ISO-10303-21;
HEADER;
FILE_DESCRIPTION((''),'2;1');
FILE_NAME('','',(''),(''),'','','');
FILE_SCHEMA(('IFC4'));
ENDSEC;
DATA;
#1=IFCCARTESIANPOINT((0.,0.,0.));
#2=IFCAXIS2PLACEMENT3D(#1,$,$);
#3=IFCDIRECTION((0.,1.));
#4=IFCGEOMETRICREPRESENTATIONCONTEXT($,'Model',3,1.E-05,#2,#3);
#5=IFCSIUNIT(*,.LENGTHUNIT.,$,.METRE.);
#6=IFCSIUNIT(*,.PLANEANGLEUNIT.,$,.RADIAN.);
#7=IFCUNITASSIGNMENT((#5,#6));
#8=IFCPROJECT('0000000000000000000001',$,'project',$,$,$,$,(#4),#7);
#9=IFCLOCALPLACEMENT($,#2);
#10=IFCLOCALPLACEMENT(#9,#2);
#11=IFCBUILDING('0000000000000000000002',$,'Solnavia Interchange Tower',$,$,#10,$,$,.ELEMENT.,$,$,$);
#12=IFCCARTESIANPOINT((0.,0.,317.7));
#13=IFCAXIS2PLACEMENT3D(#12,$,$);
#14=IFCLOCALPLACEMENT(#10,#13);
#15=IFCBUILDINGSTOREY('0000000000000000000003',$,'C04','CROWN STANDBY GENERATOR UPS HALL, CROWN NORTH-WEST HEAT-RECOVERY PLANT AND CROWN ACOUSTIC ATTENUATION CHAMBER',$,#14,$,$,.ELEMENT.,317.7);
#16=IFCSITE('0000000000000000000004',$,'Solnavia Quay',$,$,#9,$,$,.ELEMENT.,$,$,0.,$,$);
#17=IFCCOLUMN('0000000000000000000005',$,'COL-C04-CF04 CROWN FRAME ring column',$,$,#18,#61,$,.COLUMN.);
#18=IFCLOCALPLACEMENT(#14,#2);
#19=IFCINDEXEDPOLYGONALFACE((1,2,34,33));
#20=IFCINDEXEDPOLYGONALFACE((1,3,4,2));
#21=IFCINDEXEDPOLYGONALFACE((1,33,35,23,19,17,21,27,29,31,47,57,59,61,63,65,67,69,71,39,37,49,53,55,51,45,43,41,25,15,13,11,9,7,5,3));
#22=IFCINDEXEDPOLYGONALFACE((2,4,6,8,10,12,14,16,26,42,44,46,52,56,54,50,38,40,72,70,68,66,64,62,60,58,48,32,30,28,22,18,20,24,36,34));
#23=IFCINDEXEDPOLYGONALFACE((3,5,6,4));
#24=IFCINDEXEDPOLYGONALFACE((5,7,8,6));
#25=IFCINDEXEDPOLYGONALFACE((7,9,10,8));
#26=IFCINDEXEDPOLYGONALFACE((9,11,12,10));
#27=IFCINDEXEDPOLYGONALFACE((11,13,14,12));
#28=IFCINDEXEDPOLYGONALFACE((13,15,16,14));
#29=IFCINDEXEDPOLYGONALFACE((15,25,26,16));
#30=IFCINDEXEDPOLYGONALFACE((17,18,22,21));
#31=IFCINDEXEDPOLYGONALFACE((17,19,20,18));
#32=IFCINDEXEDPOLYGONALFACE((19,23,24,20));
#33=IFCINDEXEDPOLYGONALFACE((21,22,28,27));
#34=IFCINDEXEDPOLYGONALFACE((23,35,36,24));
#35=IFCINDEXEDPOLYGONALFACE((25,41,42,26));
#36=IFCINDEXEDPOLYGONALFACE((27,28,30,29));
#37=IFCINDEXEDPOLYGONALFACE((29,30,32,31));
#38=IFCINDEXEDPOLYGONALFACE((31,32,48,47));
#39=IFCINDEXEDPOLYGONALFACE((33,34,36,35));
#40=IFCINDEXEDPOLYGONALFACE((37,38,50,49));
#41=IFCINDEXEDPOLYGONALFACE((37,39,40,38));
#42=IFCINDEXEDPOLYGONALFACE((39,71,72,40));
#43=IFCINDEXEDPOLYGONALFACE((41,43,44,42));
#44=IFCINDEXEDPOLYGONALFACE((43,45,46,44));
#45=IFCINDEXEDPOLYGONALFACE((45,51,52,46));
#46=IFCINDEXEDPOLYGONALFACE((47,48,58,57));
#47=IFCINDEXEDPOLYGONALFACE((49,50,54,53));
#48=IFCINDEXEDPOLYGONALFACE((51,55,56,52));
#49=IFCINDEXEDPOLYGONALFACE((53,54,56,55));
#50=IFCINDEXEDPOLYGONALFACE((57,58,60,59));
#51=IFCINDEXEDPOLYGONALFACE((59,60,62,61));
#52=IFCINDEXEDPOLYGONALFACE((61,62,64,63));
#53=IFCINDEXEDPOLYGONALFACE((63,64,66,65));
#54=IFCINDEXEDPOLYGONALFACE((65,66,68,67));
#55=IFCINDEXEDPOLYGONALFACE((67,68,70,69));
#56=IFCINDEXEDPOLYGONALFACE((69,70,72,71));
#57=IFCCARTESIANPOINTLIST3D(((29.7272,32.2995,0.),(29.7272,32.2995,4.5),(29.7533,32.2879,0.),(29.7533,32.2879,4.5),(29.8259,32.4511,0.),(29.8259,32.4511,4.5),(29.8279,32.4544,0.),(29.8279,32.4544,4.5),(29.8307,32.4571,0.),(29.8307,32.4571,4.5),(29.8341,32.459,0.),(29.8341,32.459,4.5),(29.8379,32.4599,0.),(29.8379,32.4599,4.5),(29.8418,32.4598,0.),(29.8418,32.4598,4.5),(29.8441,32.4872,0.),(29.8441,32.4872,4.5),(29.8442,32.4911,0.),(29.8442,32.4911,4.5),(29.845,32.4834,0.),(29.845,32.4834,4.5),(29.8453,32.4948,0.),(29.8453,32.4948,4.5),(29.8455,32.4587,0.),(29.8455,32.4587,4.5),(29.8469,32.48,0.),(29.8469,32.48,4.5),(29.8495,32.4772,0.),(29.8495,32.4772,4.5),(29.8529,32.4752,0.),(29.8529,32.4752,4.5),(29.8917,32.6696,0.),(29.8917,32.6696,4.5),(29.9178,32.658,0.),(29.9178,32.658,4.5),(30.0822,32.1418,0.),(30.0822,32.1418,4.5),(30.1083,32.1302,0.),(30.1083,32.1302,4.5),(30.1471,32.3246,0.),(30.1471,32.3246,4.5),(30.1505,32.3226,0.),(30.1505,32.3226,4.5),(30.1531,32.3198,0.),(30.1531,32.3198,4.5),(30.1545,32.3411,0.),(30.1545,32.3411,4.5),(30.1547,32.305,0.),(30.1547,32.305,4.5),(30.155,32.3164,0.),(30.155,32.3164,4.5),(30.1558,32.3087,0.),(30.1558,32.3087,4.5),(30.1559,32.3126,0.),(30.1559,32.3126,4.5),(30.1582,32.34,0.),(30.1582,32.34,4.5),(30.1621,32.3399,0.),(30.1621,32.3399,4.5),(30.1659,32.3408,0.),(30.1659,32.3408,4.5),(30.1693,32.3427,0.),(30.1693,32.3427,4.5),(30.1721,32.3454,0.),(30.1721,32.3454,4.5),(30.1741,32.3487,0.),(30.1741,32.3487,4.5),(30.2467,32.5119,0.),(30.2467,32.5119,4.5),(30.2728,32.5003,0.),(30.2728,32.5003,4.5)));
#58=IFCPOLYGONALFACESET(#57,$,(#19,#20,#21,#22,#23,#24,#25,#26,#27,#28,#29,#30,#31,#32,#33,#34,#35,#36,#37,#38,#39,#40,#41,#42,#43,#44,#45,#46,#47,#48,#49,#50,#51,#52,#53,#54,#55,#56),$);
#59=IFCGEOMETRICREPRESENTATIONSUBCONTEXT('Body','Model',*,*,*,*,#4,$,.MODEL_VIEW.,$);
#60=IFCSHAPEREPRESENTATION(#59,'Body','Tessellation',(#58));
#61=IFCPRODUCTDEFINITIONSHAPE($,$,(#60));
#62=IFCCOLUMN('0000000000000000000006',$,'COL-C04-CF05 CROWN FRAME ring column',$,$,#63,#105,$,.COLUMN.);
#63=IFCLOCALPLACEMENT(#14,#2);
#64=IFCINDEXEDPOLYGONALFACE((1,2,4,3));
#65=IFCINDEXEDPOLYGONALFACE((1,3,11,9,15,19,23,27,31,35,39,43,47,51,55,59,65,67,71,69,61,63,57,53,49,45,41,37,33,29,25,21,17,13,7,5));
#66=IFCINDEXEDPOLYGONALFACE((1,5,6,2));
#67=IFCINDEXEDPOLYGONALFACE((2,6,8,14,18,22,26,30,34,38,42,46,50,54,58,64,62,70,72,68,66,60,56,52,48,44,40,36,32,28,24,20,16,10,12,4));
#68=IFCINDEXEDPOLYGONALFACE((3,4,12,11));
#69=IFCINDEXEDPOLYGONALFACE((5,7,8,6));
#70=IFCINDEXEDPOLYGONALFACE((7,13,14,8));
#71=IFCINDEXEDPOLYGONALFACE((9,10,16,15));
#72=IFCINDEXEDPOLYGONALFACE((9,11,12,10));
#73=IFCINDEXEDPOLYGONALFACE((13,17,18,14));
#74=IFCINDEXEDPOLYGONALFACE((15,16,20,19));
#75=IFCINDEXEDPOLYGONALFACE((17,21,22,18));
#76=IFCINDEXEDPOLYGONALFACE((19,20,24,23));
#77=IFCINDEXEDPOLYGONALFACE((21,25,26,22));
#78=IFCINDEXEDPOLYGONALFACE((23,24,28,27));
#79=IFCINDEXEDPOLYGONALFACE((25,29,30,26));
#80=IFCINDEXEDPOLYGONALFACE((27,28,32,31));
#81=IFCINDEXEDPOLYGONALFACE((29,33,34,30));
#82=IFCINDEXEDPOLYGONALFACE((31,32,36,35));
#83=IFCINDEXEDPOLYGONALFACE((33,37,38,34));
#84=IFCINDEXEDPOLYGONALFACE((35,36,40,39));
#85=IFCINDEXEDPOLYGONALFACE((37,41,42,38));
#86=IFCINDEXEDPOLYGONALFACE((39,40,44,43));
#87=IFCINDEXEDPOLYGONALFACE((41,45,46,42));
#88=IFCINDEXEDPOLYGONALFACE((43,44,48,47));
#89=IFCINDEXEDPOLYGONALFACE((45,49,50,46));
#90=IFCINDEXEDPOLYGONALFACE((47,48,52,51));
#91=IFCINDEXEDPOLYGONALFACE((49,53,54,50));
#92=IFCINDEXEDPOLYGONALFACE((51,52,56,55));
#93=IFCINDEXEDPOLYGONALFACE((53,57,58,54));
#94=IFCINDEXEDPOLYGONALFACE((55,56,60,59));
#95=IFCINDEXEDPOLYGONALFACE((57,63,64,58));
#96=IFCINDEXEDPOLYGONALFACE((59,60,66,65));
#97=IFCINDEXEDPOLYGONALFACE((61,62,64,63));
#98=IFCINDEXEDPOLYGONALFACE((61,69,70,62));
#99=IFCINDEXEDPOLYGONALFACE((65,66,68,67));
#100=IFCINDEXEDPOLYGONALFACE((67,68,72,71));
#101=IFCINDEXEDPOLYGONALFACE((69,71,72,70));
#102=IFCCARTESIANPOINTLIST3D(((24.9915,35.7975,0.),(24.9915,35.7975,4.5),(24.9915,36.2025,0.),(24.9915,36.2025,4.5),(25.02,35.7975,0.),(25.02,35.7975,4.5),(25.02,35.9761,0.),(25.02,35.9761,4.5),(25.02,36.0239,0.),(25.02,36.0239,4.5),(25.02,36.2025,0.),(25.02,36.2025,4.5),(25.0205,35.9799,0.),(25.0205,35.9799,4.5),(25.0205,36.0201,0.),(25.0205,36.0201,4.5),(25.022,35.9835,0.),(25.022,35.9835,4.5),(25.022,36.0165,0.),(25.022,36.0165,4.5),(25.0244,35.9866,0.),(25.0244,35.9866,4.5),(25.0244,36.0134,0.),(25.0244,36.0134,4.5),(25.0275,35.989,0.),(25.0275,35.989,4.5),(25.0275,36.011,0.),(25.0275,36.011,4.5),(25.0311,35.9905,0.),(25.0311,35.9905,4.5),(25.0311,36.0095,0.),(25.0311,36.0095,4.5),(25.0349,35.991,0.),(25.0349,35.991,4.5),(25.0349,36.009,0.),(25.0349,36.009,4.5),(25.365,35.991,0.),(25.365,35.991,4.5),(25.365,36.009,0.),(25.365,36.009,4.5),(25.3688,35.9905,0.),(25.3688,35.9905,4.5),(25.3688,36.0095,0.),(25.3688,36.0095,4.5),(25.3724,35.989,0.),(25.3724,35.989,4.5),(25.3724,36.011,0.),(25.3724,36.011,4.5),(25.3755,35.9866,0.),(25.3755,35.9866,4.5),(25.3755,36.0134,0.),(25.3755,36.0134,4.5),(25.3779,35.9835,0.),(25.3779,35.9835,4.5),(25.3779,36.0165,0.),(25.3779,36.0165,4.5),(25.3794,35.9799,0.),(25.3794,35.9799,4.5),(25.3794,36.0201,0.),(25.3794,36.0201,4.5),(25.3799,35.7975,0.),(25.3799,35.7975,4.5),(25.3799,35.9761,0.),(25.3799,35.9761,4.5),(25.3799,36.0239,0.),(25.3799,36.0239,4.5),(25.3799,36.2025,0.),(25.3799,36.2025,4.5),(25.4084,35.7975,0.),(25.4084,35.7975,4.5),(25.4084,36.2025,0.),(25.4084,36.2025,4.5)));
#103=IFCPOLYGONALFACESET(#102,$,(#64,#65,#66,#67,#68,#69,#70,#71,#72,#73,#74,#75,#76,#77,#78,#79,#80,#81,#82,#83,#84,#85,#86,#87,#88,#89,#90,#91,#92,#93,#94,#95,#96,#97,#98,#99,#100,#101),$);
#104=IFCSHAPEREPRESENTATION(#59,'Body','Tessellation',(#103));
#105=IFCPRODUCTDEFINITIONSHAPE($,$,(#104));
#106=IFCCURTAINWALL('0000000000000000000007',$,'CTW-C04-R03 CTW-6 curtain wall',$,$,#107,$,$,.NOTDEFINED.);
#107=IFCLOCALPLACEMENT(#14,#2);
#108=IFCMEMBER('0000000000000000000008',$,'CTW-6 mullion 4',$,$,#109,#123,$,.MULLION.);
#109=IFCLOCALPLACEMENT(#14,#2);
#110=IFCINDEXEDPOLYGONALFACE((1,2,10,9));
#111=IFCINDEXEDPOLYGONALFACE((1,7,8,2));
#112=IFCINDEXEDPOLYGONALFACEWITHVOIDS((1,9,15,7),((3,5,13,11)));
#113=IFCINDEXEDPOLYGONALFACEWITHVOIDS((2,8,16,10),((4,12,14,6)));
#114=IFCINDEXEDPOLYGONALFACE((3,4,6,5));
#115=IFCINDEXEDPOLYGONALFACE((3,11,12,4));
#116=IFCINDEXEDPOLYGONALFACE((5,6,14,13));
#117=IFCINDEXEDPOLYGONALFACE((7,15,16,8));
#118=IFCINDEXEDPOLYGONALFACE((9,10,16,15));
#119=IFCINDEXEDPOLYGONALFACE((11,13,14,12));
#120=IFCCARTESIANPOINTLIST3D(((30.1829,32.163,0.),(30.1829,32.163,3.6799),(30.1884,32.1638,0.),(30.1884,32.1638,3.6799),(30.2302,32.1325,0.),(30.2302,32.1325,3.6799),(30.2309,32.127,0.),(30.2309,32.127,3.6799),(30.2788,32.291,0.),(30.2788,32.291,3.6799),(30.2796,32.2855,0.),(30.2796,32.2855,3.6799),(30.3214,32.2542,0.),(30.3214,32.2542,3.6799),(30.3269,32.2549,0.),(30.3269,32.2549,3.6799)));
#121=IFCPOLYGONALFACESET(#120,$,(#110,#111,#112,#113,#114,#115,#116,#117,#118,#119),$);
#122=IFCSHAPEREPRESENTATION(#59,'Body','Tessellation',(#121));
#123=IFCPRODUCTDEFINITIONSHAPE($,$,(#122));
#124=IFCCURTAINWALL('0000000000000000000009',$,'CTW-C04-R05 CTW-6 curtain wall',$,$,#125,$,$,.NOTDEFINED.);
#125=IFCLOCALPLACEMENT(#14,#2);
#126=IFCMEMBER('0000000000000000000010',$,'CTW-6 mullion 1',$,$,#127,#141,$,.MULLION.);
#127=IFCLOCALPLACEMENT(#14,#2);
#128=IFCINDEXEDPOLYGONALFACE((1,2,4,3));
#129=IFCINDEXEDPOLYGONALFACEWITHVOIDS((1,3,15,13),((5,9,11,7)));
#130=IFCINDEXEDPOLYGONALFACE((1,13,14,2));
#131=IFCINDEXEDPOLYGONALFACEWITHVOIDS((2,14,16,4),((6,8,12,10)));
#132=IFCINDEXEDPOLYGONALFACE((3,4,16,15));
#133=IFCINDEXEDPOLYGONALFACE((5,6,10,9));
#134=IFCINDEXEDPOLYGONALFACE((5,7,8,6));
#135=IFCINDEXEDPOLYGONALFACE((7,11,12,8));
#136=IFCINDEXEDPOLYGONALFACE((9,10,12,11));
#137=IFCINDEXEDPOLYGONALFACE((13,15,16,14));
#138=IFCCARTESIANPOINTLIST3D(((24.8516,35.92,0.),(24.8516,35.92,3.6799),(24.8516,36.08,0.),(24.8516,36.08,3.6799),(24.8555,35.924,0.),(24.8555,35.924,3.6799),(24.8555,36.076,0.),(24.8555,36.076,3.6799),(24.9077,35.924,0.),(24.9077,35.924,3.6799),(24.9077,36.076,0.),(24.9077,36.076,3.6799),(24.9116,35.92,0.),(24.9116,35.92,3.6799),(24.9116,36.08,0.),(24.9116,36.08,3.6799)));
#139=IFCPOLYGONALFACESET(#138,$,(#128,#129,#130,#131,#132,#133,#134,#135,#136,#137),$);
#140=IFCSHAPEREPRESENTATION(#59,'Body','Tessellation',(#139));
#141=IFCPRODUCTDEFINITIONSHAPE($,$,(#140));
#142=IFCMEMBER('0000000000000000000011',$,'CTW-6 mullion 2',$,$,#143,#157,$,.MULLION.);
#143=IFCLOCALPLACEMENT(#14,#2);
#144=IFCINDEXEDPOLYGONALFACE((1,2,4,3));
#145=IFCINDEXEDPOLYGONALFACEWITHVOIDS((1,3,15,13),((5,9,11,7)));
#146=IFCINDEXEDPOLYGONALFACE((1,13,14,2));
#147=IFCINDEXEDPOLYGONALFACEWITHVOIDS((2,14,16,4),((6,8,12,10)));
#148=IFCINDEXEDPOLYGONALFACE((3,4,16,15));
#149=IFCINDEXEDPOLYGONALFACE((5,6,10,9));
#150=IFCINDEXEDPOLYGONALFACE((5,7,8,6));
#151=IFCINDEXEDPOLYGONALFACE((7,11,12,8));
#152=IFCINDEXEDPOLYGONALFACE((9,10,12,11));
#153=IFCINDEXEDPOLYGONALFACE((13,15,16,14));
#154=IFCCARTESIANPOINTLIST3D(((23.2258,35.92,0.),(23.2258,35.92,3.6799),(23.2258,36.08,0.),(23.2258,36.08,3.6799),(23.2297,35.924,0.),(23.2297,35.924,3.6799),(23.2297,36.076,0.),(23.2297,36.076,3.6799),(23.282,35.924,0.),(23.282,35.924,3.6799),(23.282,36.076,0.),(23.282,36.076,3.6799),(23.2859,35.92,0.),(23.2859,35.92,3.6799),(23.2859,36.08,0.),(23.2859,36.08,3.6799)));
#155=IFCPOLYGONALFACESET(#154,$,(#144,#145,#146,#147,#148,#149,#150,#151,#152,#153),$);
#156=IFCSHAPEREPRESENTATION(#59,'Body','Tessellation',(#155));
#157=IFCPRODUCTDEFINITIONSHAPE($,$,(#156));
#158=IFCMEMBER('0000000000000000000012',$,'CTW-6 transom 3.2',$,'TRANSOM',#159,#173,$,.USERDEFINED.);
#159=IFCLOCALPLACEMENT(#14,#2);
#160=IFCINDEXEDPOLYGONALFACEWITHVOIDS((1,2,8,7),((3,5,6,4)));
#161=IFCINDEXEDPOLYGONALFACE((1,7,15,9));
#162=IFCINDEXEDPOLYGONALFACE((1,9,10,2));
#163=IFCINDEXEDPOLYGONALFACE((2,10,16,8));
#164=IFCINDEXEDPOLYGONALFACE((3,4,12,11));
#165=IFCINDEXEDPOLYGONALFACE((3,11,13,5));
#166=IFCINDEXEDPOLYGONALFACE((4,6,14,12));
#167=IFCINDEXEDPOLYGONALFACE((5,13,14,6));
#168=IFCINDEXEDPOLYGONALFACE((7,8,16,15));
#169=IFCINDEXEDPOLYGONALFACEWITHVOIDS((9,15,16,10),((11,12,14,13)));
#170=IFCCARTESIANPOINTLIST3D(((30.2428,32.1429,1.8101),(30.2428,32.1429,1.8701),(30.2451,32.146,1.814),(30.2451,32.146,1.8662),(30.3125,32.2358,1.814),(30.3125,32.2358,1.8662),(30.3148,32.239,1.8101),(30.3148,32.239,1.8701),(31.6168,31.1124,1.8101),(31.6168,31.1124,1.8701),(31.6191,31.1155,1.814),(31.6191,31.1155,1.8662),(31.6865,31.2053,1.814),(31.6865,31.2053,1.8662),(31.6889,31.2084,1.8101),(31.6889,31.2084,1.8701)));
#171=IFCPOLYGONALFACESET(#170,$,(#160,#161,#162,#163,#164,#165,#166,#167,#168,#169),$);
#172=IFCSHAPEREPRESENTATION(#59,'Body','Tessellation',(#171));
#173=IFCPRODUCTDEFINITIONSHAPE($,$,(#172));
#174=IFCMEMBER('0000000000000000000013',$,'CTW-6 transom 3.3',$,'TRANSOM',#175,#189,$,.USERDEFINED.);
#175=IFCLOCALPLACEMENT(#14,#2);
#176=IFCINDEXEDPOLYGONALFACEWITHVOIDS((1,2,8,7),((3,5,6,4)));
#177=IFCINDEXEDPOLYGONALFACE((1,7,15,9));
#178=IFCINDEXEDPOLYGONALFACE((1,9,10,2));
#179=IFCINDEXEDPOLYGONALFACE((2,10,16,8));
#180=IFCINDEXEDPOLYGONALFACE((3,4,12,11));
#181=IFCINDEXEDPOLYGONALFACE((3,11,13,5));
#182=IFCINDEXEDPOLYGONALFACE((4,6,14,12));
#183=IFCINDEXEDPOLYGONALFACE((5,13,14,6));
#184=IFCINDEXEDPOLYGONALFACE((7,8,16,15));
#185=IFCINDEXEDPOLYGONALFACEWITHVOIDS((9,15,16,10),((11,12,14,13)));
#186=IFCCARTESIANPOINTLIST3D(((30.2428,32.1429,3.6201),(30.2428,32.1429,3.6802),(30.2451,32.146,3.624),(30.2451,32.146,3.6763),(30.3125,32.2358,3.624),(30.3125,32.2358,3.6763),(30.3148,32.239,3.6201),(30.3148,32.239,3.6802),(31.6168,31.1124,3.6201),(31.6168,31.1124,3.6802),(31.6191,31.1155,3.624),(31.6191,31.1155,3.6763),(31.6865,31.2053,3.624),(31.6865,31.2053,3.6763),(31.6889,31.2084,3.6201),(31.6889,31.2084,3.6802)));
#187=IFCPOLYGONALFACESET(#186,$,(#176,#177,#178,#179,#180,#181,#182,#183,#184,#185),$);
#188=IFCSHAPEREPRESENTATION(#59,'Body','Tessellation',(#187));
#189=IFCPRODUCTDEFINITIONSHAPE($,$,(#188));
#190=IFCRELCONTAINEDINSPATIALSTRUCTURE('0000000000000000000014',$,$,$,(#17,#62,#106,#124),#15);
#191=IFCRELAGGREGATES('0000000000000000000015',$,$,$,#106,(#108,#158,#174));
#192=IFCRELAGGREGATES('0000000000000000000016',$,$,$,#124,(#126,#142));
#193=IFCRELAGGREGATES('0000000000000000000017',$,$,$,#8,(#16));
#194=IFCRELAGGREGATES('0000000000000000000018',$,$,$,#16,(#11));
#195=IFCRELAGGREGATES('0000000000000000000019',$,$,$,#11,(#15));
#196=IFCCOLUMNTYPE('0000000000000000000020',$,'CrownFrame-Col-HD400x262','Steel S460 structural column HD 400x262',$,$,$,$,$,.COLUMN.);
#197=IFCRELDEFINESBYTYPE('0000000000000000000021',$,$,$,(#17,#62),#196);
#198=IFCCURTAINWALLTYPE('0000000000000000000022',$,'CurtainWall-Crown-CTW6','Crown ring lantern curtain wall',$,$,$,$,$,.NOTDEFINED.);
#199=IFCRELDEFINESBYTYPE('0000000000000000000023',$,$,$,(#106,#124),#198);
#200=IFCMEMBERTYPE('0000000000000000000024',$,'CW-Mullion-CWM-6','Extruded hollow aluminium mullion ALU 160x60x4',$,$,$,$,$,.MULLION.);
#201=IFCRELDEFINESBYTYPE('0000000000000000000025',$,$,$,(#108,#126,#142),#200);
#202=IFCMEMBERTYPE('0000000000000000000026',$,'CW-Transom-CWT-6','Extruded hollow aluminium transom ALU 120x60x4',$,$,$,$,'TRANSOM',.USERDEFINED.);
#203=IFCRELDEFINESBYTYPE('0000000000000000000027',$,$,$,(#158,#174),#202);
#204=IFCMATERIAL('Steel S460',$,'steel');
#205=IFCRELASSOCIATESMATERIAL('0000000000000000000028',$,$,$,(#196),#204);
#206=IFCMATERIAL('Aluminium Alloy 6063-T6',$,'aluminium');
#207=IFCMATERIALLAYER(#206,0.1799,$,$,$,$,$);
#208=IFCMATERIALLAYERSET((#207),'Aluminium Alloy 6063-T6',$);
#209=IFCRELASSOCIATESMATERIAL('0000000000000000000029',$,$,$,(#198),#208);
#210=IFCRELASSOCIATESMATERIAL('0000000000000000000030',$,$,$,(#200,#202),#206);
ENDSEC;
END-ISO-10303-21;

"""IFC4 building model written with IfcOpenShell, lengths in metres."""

from ifc_helpers import new_model, si_unit, direction, frame, origin, origin_2d, place, context, subcontext, project, spatial, hollow_rectangle, i_section, extrude, material, layer, layer_set, material_profile, profile_set, type_object, element, aggregate, save


model = new_model("IFC4")

# Units and contexts
model_context = context("Model", 3, precision=1e-05, world=origin(), true_north=direction((0.0, 1.0)))
body_context = subcontext(model_context, "Body", "Model", "MODEL_VIEW")
ifc_project = project(units=[si_unit("LENGTHUNIT", "METRE"), si_unit("PLANEANGLEUNIT", "RADIAN")], contexts=[model_context])

# Site, building, storey
site_placement = place(None, origin())
site = spatial("IfcSite", under=ifc_project, at=site_placement, Name="Solnavia Quay", CompositionType="ELEMENT", RefElevation=0.0)
building_placement = place(site_placement, origin())
building = spatial("IfcBuilding", under=site, at=building_placement, Name="Solnavia Interchange Tower", CompositionType="ELEMENT")
storey_placement = place(building_placement, frame((0.0, 0.0, 317.7)))
storey = spatial("IfcBuildingStorey", under=building, at=storey_placement, Name="C04", Description="CROWN STANDBY GENERATOR UPS HALL, CROWN NORTH-WEST HEAT-RECOVERY PLANT AND CROWN ACOUSTIC ATTENUATION CHAMBER", CompositionType="ELEMENT", Elevation=317.7)

# Columns
ifc_material_1 = material(Name="Steel S460", Category="steel")
ifc_material_profile_1 = material_profile(ifc_material_1, i_section(OverallWidth=0.405, OverallDepth=0.417, WebThickness=0.0181, FlangeThickness=0.0286, FilletRadius=0.0149, at=origin_2d()), Name="HD 400x262")
ifc_profile_set_1 = profile_set([ifc_material_profile_1], Name="Steel S460")
column_type = type_object("IfcColumnType", Name="CrownFrame-Col-HD400x262", Description="Steel S460 structural column HD 400x262", PredefinedType="COLUMN", material=ifc_profile_set_1)
for number, where, z_axis, x_axis, name in (
    (1, (30.0, 32.3999, 0.0), (0.0, 0.0, 1.0), (0.406099, 0.913829, 0.0), "COL-C04-CF04 CROWN FRAME ring column"),
    (2, (25.2, 36.0, 0.0), (0.0, 0.0, 1.0), (0.0, 1.0, 0.0), "COL-C04-CF05 CROWN FRAME ring column"),
):
    element("IfcColumn", number, at=place(storey_placement, frame(where, z_axis=z_axis, x_axis=x_axis)), inside=storey, type_object=column_type, Name=name, PredefinedType="COLUMN", context=body_context, shape_type="SweptSolid", body=[
        extrude(i_section(OverallWidth=0.405, OverallDepth=0.417, WebThickness=0.0181, FlangeThickness=0.0286, FilletRadius=0.0149, at=origin_2d()), origin(), (0.0, 0.0, 1.0), 4.5),
    ])

# Curtain wall, member
ifc_material_2 = material(Name="Aluminium Alloy 6063-T6", Category="aluminium")
ifc_layer_1 = layer(ifc_material_2, 0.1799)
ifc_layer_set_1 = layer_set([ifc_layer_1], Name="Aluminium Alloy 6063-T6")
curtain_wall_type = type_object("IfcCurtainWallType", Name="CurtainWall-Crown-CTW6", Description="Crown ring lantern curtain wall", PredefinedType="NOTDEFINED", material=ifc_layer_set_1)
curtain_wall_1_placement = place(storey_placement, origin())
curtain_wall_1 = element("IfcCurtainWall", 3, at=curtain_wall_1_placement, inside=storey, type_object=curtain_wall_type, Name="CTW-C04-R03 CTW-6 curtain wall", PredefinedType="NOTDEFINED")
ifc_material_profile_2 = material_profile(ifc_material_2, hollow_rectangle(XDim=0.0601, YDim=0.1599, WallThickness=0.0039, at=origin_2d()), Name="ALU 160x60x4")
ifc_profile_set_2 = profile_set([ifc_material_profile_2], Name="Aluminium Alloy 6063-T6")
member_type_1 = type_object("IfcMemberType", Name="CW-Mullion-CWM-6", Description="Extruded hollow aluminium mullion ALU 160x60x4", PredefinedType="MULLION", material=ifc_profile_set_2)
member_1_placement = place(storey_placement, frame((30.2549, 32.209, 0.0), z_axis=(0.0, 0.0, 1.0), x_axis=(-0.8, 0.6, 0.0)))
member_1 = element("IfcMember", 4, at=member_1_placement, type_object=member_type_1, Name="CTW-6 mullion 4", PredefinedType="MULLION", context=body_context, shape_type="SweptSolid", body=[
    extrude(hollow_rectangle(XDim=0.0601, YDim=0.1599, WallThickness=0.0039, at=origin_2d()), origin(), (0.0, 0.0, 1.0), 3.6799),
])

# Curtain wall, members
curtain_wall_2_placement = place(storey_placement, origin())
curtain_wall_2 = element("IfcCurtainWall", 5, at=curtain_wall_2_placement, inside=storey, type_object=curtain_wall_type, Name="CTW-C04-R05 CTW-6 curtain wall", PredefinedType="NOTDEFINED")
member_2_placement = place(storey_placement, frame((24.8816, 36.0, 0.0), z_axis=(0.0, 0.0, 1.0), x_axis=(-1.0, 0.0, 0.0)))
member_2 = element("IfcMember", 6, at=member_2_placement, type_object=member_type_1, Name="CTW-6 mullion 1", PredefinedType="MULLION", context=body_context, shape_type="SweptSolid", body=[
    extrude(hollow_rectangle(XDim=0.0601, YDim=0.1599, WallThickness=0.0039, at=origin_2d()), origin(), (0.0, 0.0, 1.0), 3.6799),
])
member_3_placement = place(storey_placement, frame((23.2559, 36.0, 0.0), z_axis=(0.0, 0.0, 1.0), x_axis=(-1.0, 0.0, 0.0)))
member_3 = element("IfcMember", 7, at=member_3_placement, type_object=member_type_1, Name="CTW-6 mullion 2", PredefinedType="MULLION", context=body_context, shape_type="SweptSolid", body=[
    extrude(hollow_rectangle(XDim=0.0601, YDim=0.1599, WallThickness=0.0039, at=origin_2d()), origin(), (0.0, 0.0, 1.0), 3.6799),
])

# Members
ifc_material_profile_3 = material_profile(ifc_material_2, hollow_rectangle(XDim=0.0601, YDim=0.1201, WallThickness=0.0039, at=origin_2d()), Name="ALU 120x60x4")
ifc_profile_set_3 = profile_set([ifc_material_profile_3], Name="Aluminium Alloy 6063-T6")
member_type_2 = type_object("IfcMemberType", Name="CW-Transom-CWT-6", Description="Extruded hollow aluminium transom ALU 120x60x4", ElementType="TRANSOM", PredefinedType="USERDEFINED", material=ifc_profile_set_3)
member_4_placement = place(storey_placement, frame((31.6528, 31.1604, 1.8401), z_axis=(-0.8, 0.6, 0.0), x_axis=(0.0, 0.0, 1.0)))
member_4 = element("IfcMember", 8, at=member_4_placement, type_object=member_type_2, Name="CTW-6 transom 3.2", ObjectType="TRANSOM", PredefinedType="USERDEFINED", context=body_context, shape_type="SweptSolid", body=[
    extrude(hollow_rectangle(XDim=0.0601, YDim=0.1201, WallThickness=0.0039, at=origin_2d()), origin(), (0.0, 0.0, 1.0), 1.7175),
])
member_5_placement = place(storey_placement, frame((31.6528, 31.1604, 3.6501), z_axis=(-0.8, 0.6, 0.0), x_axis=(0.0, 0.0, 1.0)))
member_5 = element("IfcMember", 9, at=member_5_placement, type_object=member_type_2, Name="CTW-6 transom 3.3", ObjectType="TRANSOM", PredefinedType="USERDEFINED", context=body_context, shape_type="SweptSolid", body=[
    extrude(hollow_rectangle(XDim=0.0601, YDim=0.1201, WallThickness=0.0039, at=origin_2d()), origin(), (0.0, 0.0, 1.0), 1.7175),
])

aggregate(curtain_wall_1, [member_1, member_4, member_5])
aggregate(curtain_wall_2, [member_2, member_3])

save(model, "model.ifc")
